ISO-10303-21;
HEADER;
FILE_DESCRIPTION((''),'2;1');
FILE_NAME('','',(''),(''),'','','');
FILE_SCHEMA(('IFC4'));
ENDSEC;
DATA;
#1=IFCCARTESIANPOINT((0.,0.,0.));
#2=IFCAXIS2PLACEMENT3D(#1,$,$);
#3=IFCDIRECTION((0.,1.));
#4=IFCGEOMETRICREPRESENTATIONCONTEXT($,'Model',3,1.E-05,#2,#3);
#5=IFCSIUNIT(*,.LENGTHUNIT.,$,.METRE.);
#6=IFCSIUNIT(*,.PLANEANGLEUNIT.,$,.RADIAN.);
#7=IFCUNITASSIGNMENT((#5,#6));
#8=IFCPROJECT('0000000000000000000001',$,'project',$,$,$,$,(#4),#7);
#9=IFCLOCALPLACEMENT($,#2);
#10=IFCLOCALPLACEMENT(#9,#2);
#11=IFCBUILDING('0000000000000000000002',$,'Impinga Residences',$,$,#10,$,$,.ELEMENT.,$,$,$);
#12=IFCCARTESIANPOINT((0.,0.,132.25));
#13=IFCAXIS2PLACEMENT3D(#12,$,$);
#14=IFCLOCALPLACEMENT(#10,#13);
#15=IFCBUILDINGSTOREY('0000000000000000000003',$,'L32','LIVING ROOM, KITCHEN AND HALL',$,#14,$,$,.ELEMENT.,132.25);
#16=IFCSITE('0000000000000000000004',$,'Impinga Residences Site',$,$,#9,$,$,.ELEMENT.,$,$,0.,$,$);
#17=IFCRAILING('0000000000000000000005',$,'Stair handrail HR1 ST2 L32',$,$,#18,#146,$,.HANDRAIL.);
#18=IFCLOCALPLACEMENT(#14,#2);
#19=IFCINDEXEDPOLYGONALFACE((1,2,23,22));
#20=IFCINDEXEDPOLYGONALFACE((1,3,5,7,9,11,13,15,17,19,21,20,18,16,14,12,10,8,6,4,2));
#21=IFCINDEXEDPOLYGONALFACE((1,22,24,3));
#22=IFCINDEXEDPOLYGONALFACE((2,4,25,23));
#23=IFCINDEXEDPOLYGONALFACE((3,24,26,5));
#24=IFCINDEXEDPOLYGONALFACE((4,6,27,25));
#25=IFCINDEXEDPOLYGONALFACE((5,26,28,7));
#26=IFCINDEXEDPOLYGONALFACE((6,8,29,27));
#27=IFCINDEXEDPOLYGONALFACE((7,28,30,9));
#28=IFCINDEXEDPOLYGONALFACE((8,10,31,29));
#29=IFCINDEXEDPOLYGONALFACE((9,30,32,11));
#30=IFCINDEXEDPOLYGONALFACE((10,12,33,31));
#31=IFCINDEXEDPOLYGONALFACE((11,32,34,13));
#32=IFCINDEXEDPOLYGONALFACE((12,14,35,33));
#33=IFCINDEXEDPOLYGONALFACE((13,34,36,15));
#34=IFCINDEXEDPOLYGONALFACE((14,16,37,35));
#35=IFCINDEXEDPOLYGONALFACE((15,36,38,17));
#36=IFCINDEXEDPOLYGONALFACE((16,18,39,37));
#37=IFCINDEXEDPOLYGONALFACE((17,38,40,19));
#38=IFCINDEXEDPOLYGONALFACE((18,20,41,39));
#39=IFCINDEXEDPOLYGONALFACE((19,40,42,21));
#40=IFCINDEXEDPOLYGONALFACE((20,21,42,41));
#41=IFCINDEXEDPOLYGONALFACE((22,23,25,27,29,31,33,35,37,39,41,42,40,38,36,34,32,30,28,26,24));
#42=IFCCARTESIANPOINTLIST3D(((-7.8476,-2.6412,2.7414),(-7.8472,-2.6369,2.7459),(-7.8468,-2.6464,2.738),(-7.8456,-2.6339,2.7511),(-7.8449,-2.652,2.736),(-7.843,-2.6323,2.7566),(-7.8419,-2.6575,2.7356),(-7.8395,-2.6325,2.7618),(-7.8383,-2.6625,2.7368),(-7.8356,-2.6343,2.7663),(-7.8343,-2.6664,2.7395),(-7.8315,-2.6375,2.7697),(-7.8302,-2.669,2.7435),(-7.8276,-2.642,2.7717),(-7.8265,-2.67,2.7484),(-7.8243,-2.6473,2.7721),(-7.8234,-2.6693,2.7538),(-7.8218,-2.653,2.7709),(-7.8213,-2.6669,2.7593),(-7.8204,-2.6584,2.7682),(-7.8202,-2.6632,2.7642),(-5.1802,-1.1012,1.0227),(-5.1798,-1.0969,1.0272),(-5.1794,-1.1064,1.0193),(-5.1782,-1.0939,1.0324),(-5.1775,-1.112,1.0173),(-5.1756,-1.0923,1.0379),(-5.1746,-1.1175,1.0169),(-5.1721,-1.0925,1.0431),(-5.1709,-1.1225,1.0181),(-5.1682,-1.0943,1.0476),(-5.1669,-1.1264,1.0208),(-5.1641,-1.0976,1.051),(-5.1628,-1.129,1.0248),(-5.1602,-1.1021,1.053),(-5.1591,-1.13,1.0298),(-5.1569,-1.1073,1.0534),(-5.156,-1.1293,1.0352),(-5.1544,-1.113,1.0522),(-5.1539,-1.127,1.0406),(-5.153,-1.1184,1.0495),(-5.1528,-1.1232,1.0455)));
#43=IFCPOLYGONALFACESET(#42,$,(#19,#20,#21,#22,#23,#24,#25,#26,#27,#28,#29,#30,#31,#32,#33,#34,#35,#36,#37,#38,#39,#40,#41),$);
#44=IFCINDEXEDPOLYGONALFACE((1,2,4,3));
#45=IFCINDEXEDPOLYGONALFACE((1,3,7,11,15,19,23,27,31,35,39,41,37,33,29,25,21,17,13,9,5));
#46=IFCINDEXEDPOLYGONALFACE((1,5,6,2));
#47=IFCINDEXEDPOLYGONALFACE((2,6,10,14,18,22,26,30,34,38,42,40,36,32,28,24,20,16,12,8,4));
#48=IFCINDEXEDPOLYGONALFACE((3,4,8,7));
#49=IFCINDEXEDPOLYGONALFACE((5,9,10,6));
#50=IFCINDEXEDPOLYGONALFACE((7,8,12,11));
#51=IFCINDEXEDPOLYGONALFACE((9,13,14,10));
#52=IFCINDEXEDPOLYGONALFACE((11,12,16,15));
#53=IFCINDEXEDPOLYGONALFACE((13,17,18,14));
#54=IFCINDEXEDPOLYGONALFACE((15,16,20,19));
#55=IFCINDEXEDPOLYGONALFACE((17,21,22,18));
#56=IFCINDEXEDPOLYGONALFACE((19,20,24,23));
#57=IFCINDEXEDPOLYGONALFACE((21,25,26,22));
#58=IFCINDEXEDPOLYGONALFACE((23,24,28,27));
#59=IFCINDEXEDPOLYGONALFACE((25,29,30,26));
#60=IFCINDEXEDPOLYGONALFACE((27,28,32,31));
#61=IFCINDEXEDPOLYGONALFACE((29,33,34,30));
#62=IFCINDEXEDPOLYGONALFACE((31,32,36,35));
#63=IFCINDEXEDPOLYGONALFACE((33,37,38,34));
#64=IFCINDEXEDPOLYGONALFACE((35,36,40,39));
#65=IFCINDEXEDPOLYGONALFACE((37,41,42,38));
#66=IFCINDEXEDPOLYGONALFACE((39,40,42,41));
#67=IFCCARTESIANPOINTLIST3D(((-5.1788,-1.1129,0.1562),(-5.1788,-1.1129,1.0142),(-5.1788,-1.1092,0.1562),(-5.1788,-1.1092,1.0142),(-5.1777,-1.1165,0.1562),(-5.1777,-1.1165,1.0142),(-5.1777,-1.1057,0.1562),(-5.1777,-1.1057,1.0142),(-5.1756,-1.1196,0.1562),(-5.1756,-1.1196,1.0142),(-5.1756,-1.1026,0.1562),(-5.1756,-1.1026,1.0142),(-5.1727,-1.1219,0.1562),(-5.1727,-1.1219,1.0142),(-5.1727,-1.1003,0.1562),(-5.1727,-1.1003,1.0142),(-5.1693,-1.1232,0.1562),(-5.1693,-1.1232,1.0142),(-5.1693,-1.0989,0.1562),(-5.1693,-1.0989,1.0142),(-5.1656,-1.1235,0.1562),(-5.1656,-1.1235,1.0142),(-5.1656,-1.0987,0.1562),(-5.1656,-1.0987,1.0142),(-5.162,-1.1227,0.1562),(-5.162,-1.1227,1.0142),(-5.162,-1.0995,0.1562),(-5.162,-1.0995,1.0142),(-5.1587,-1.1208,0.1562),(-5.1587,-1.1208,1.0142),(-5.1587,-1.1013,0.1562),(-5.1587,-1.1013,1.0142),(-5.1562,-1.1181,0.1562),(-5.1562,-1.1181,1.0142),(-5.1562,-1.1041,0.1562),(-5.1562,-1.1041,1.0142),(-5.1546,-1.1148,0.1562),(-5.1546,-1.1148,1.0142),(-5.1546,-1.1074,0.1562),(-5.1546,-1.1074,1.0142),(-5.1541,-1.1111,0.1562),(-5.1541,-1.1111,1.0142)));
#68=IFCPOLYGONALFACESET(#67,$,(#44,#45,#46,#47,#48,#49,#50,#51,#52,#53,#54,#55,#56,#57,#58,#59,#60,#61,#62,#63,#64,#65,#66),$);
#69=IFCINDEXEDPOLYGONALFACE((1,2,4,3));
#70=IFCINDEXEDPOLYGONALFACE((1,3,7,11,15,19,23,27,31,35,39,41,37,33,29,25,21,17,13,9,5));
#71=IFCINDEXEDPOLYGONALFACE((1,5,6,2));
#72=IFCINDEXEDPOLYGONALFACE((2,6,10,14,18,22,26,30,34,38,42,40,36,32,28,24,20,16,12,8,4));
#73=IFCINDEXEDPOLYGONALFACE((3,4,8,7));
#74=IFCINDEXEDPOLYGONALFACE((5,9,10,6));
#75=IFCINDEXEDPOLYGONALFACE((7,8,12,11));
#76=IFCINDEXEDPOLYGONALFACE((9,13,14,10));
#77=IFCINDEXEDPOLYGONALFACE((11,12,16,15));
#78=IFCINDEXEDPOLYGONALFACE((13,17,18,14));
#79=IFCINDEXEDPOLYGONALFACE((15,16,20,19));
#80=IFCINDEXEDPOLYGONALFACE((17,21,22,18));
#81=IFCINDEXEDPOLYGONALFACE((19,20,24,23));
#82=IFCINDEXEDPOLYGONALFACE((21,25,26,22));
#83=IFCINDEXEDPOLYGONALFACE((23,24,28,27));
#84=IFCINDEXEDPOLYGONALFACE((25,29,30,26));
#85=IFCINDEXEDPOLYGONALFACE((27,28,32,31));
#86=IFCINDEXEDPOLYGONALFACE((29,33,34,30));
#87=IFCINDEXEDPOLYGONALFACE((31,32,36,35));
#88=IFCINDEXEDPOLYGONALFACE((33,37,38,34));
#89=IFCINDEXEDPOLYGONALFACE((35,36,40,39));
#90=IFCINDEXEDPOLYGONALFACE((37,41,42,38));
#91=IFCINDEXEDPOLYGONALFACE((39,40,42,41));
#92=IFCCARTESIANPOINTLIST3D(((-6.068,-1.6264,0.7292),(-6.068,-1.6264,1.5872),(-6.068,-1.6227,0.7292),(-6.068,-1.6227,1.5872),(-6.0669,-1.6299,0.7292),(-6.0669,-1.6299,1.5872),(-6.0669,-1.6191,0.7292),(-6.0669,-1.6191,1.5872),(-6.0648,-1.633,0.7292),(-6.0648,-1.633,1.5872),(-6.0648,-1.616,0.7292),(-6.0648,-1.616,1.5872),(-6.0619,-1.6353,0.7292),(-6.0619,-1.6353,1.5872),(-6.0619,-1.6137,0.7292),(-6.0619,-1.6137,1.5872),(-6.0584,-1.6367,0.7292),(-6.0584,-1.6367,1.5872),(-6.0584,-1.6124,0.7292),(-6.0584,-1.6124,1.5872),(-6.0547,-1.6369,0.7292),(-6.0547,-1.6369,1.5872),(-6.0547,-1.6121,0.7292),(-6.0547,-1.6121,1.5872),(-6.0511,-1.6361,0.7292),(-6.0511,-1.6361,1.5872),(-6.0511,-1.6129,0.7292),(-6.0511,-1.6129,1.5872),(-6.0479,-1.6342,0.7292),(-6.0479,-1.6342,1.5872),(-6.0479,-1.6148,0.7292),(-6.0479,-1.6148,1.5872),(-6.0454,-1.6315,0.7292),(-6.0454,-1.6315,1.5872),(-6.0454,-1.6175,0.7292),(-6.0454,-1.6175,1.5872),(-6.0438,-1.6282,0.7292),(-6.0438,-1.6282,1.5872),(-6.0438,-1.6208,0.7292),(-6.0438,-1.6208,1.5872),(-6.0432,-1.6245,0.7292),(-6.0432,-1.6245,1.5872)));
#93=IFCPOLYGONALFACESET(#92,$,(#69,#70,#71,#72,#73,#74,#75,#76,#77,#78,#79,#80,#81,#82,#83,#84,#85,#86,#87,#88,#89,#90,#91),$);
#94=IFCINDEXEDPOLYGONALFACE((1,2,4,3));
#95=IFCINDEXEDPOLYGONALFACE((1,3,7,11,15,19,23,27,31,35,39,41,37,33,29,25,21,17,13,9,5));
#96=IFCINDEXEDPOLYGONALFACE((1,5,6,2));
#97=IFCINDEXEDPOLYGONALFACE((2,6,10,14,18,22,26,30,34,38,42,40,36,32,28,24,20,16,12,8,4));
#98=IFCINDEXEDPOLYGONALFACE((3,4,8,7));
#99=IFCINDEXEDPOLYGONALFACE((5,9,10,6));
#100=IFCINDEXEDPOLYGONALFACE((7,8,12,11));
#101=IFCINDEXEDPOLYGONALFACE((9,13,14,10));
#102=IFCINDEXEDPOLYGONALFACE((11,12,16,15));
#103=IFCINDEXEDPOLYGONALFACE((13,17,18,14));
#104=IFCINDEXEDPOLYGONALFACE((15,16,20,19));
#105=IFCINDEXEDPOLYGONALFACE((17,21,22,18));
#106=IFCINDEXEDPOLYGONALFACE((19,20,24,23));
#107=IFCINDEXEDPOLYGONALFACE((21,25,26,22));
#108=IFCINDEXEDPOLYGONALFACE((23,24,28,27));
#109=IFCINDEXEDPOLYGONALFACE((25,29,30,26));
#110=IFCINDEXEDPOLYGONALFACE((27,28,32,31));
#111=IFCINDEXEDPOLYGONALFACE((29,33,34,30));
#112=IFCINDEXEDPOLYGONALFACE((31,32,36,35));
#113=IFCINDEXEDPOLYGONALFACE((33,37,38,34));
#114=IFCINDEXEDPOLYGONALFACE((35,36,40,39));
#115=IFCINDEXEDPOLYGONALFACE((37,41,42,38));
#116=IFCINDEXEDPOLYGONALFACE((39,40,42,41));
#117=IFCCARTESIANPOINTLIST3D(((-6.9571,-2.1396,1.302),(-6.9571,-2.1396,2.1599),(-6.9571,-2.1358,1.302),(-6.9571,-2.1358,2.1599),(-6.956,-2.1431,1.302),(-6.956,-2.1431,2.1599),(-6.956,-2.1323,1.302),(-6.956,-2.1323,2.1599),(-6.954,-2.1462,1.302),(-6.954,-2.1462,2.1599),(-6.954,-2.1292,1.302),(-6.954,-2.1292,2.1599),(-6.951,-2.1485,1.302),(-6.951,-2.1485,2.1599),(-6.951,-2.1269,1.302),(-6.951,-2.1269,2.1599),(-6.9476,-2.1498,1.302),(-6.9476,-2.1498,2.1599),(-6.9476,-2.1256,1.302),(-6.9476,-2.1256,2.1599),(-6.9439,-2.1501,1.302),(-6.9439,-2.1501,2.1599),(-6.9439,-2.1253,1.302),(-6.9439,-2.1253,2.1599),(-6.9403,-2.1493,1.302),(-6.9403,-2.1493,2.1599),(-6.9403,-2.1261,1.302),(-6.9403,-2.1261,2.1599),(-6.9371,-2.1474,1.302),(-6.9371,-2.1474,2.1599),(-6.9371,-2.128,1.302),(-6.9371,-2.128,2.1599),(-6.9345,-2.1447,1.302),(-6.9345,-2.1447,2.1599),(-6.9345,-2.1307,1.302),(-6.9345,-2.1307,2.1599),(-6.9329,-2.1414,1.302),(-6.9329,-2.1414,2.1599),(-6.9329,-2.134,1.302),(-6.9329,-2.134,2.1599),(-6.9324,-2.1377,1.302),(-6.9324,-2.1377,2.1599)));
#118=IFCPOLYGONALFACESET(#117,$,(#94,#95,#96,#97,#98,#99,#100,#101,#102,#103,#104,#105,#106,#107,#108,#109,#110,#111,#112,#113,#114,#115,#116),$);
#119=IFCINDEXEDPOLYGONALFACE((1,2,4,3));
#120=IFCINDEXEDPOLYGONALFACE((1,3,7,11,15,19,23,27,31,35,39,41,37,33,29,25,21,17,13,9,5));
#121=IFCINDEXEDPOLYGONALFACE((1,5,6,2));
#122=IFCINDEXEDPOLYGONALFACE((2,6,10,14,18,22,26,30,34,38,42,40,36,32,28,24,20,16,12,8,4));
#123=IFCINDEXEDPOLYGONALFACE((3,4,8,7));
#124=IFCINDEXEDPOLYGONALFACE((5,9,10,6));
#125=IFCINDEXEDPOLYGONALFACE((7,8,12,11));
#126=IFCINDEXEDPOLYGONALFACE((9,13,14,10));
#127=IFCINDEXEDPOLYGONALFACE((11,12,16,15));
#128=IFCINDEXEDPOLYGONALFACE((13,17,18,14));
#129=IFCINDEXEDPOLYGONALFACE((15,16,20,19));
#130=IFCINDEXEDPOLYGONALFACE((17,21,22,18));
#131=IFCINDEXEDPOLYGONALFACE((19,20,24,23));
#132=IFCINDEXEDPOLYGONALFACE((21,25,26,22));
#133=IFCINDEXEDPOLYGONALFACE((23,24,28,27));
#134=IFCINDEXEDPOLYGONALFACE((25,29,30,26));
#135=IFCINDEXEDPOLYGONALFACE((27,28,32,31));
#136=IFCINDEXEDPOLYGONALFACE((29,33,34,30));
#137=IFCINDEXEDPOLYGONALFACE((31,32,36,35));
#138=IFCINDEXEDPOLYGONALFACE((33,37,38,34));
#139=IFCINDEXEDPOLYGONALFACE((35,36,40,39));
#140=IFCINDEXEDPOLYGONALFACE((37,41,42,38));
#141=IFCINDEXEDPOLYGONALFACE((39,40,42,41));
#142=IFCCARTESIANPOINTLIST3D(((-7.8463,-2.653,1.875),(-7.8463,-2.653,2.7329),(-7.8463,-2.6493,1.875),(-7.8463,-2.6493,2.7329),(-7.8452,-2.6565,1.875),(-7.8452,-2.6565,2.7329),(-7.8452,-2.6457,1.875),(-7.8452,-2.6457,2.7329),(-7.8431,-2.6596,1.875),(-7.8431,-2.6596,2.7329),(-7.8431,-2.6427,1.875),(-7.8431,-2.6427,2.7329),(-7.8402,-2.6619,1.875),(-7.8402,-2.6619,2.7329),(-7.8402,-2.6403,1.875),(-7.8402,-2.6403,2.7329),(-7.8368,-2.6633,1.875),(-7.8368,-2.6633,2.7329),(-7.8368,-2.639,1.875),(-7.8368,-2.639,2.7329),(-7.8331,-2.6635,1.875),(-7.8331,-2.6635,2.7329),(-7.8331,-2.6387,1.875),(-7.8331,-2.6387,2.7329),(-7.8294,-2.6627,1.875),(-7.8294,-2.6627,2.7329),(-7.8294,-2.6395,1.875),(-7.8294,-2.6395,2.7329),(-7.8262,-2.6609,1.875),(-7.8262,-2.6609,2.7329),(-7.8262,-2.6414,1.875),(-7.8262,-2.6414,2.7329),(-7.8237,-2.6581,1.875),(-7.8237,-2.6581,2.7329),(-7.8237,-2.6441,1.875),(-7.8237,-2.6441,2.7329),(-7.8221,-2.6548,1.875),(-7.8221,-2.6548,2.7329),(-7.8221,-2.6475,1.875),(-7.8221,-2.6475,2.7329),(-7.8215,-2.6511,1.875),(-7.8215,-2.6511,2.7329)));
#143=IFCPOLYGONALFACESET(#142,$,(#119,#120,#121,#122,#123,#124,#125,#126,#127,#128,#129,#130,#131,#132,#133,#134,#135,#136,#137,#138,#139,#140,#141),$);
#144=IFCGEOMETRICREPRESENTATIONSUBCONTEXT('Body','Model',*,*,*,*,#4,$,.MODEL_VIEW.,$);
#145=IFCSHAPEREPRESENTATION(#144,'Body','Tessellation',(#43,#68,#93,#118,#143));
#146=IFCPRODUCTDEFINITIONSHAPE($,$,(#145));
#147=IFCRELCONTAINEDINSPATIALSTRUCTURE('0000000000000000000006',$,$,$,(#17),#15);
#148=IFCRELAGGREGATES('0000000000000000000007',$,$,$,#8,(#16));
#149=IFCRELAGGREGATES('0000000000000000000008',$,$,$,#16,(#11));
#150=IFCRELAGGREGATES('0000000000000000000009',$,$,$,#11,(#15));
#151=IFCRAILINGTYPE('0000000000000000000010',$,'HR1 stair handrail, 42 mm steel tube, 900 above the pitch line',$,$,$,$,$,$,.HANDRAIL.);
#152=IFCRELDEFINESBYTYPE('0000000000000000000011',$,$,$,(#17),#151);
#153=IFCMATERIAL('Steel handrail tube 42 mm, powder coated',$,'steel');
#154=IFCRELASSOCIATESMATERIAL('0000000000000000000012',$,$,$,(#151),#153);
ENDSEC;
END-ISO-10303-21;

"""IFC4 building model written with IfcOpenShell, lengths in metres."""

from ifc_helpers import new_model, si_unit, direction, frame, origin, origin_2d, place, context, subcontext, project, spatial, circle, extrude, material, type_object, element, save


model = new_model("IFC4")

# Units and contexts
model_context = context("Model", 3, precision=1e-05, world=origin(), true_north=direction((0.0, 1.0)))
body_context = subcontext(model_context, "Body", "Model", "MODEL_VIEW")
ifc_project = project(units=[si_unit("LENGTHUNIT", "METRE"), si_unit("PLANEANGLEUNIT", "RADIAN")], contexts=[model_context])

# Site, building, storey
site_placement = place(None, origin())
site = spatial("IfcSite", under=ifc_project, at=site_placement, Name="Impinga Residences Site", CompositionType="ELEMENT", RefElevation=0.0)
building_placement = place(site_placement, origin())
building = spatial("IfcBuilding", under=site, at=building_placement, Name="Impinga Residences", CompositionType="ELEMENT")
storey_placement = place(building_placement, frame((0.0, 0.0, 132.25)))
storey = spatial("IfcBuildingStorey", under=building, at=storey_placement, Name="L32", Description="LIVING ROOM, KITCHEN AND HALL", CompositionType="ELEMENT", Elevation=132.25)

# Railing
ifc_material_1 = material(Name="Steel handrail tube 42 mm, powder coated", Category="steel")
railing_type_1 = type_object("IfcRailingType", Name="HR1 stair handrail, 42 mm steel tube, 900 above the pitch line", PredefinedType="HANDRAIL", material=ifc_material_1)
railing_1_placement = place(storey_placement, frame((-5.1665, -1.1111, 0.1562)))
element("IfcRailing", 1, at=railing_1_placement, inside=storey, type_object=railing_type_1, Name="Stair handrail HR1 ST2 L32", PredefinedType="HANDRAIL", context=body_context, shape_type="SweptSolid", body=[
    extrude(circle(Radius=0.021, at=origin_2d()), frame((0.0, 0.0, 0.8789), z_axis=(-0.756256, -0.436616, 0.487282), x_axis=(0.499992, -0.86603, 0.0)), (0.0, 0.0, 1.0), 3.5271),
    extrude(circle(Radius=0.0125, at=origin_2d()), origin(), (0.0, 0.0, 1.0), 0.8579),
    extrude(circle(Radius=0.0125, at=origin_2d()), frame((-0.8892, -0.5134, 0.573)), (0.0, 0.0, 1.0), 0.8579),
    extrude(circle(Radius=0.0125, at=origin_2d()), frame((-1.7783, -1.0266, 1.1458)), (0.0, 0.0, 1.0), 0.8579),
    extrude(circle(Radius=0.0125, at=origin_2d()), frame((-2.6675, -1.54, 1.7188)), (0.0, 0.0, 1.0), 0.8579),
])

save(model, "model.ifc")
